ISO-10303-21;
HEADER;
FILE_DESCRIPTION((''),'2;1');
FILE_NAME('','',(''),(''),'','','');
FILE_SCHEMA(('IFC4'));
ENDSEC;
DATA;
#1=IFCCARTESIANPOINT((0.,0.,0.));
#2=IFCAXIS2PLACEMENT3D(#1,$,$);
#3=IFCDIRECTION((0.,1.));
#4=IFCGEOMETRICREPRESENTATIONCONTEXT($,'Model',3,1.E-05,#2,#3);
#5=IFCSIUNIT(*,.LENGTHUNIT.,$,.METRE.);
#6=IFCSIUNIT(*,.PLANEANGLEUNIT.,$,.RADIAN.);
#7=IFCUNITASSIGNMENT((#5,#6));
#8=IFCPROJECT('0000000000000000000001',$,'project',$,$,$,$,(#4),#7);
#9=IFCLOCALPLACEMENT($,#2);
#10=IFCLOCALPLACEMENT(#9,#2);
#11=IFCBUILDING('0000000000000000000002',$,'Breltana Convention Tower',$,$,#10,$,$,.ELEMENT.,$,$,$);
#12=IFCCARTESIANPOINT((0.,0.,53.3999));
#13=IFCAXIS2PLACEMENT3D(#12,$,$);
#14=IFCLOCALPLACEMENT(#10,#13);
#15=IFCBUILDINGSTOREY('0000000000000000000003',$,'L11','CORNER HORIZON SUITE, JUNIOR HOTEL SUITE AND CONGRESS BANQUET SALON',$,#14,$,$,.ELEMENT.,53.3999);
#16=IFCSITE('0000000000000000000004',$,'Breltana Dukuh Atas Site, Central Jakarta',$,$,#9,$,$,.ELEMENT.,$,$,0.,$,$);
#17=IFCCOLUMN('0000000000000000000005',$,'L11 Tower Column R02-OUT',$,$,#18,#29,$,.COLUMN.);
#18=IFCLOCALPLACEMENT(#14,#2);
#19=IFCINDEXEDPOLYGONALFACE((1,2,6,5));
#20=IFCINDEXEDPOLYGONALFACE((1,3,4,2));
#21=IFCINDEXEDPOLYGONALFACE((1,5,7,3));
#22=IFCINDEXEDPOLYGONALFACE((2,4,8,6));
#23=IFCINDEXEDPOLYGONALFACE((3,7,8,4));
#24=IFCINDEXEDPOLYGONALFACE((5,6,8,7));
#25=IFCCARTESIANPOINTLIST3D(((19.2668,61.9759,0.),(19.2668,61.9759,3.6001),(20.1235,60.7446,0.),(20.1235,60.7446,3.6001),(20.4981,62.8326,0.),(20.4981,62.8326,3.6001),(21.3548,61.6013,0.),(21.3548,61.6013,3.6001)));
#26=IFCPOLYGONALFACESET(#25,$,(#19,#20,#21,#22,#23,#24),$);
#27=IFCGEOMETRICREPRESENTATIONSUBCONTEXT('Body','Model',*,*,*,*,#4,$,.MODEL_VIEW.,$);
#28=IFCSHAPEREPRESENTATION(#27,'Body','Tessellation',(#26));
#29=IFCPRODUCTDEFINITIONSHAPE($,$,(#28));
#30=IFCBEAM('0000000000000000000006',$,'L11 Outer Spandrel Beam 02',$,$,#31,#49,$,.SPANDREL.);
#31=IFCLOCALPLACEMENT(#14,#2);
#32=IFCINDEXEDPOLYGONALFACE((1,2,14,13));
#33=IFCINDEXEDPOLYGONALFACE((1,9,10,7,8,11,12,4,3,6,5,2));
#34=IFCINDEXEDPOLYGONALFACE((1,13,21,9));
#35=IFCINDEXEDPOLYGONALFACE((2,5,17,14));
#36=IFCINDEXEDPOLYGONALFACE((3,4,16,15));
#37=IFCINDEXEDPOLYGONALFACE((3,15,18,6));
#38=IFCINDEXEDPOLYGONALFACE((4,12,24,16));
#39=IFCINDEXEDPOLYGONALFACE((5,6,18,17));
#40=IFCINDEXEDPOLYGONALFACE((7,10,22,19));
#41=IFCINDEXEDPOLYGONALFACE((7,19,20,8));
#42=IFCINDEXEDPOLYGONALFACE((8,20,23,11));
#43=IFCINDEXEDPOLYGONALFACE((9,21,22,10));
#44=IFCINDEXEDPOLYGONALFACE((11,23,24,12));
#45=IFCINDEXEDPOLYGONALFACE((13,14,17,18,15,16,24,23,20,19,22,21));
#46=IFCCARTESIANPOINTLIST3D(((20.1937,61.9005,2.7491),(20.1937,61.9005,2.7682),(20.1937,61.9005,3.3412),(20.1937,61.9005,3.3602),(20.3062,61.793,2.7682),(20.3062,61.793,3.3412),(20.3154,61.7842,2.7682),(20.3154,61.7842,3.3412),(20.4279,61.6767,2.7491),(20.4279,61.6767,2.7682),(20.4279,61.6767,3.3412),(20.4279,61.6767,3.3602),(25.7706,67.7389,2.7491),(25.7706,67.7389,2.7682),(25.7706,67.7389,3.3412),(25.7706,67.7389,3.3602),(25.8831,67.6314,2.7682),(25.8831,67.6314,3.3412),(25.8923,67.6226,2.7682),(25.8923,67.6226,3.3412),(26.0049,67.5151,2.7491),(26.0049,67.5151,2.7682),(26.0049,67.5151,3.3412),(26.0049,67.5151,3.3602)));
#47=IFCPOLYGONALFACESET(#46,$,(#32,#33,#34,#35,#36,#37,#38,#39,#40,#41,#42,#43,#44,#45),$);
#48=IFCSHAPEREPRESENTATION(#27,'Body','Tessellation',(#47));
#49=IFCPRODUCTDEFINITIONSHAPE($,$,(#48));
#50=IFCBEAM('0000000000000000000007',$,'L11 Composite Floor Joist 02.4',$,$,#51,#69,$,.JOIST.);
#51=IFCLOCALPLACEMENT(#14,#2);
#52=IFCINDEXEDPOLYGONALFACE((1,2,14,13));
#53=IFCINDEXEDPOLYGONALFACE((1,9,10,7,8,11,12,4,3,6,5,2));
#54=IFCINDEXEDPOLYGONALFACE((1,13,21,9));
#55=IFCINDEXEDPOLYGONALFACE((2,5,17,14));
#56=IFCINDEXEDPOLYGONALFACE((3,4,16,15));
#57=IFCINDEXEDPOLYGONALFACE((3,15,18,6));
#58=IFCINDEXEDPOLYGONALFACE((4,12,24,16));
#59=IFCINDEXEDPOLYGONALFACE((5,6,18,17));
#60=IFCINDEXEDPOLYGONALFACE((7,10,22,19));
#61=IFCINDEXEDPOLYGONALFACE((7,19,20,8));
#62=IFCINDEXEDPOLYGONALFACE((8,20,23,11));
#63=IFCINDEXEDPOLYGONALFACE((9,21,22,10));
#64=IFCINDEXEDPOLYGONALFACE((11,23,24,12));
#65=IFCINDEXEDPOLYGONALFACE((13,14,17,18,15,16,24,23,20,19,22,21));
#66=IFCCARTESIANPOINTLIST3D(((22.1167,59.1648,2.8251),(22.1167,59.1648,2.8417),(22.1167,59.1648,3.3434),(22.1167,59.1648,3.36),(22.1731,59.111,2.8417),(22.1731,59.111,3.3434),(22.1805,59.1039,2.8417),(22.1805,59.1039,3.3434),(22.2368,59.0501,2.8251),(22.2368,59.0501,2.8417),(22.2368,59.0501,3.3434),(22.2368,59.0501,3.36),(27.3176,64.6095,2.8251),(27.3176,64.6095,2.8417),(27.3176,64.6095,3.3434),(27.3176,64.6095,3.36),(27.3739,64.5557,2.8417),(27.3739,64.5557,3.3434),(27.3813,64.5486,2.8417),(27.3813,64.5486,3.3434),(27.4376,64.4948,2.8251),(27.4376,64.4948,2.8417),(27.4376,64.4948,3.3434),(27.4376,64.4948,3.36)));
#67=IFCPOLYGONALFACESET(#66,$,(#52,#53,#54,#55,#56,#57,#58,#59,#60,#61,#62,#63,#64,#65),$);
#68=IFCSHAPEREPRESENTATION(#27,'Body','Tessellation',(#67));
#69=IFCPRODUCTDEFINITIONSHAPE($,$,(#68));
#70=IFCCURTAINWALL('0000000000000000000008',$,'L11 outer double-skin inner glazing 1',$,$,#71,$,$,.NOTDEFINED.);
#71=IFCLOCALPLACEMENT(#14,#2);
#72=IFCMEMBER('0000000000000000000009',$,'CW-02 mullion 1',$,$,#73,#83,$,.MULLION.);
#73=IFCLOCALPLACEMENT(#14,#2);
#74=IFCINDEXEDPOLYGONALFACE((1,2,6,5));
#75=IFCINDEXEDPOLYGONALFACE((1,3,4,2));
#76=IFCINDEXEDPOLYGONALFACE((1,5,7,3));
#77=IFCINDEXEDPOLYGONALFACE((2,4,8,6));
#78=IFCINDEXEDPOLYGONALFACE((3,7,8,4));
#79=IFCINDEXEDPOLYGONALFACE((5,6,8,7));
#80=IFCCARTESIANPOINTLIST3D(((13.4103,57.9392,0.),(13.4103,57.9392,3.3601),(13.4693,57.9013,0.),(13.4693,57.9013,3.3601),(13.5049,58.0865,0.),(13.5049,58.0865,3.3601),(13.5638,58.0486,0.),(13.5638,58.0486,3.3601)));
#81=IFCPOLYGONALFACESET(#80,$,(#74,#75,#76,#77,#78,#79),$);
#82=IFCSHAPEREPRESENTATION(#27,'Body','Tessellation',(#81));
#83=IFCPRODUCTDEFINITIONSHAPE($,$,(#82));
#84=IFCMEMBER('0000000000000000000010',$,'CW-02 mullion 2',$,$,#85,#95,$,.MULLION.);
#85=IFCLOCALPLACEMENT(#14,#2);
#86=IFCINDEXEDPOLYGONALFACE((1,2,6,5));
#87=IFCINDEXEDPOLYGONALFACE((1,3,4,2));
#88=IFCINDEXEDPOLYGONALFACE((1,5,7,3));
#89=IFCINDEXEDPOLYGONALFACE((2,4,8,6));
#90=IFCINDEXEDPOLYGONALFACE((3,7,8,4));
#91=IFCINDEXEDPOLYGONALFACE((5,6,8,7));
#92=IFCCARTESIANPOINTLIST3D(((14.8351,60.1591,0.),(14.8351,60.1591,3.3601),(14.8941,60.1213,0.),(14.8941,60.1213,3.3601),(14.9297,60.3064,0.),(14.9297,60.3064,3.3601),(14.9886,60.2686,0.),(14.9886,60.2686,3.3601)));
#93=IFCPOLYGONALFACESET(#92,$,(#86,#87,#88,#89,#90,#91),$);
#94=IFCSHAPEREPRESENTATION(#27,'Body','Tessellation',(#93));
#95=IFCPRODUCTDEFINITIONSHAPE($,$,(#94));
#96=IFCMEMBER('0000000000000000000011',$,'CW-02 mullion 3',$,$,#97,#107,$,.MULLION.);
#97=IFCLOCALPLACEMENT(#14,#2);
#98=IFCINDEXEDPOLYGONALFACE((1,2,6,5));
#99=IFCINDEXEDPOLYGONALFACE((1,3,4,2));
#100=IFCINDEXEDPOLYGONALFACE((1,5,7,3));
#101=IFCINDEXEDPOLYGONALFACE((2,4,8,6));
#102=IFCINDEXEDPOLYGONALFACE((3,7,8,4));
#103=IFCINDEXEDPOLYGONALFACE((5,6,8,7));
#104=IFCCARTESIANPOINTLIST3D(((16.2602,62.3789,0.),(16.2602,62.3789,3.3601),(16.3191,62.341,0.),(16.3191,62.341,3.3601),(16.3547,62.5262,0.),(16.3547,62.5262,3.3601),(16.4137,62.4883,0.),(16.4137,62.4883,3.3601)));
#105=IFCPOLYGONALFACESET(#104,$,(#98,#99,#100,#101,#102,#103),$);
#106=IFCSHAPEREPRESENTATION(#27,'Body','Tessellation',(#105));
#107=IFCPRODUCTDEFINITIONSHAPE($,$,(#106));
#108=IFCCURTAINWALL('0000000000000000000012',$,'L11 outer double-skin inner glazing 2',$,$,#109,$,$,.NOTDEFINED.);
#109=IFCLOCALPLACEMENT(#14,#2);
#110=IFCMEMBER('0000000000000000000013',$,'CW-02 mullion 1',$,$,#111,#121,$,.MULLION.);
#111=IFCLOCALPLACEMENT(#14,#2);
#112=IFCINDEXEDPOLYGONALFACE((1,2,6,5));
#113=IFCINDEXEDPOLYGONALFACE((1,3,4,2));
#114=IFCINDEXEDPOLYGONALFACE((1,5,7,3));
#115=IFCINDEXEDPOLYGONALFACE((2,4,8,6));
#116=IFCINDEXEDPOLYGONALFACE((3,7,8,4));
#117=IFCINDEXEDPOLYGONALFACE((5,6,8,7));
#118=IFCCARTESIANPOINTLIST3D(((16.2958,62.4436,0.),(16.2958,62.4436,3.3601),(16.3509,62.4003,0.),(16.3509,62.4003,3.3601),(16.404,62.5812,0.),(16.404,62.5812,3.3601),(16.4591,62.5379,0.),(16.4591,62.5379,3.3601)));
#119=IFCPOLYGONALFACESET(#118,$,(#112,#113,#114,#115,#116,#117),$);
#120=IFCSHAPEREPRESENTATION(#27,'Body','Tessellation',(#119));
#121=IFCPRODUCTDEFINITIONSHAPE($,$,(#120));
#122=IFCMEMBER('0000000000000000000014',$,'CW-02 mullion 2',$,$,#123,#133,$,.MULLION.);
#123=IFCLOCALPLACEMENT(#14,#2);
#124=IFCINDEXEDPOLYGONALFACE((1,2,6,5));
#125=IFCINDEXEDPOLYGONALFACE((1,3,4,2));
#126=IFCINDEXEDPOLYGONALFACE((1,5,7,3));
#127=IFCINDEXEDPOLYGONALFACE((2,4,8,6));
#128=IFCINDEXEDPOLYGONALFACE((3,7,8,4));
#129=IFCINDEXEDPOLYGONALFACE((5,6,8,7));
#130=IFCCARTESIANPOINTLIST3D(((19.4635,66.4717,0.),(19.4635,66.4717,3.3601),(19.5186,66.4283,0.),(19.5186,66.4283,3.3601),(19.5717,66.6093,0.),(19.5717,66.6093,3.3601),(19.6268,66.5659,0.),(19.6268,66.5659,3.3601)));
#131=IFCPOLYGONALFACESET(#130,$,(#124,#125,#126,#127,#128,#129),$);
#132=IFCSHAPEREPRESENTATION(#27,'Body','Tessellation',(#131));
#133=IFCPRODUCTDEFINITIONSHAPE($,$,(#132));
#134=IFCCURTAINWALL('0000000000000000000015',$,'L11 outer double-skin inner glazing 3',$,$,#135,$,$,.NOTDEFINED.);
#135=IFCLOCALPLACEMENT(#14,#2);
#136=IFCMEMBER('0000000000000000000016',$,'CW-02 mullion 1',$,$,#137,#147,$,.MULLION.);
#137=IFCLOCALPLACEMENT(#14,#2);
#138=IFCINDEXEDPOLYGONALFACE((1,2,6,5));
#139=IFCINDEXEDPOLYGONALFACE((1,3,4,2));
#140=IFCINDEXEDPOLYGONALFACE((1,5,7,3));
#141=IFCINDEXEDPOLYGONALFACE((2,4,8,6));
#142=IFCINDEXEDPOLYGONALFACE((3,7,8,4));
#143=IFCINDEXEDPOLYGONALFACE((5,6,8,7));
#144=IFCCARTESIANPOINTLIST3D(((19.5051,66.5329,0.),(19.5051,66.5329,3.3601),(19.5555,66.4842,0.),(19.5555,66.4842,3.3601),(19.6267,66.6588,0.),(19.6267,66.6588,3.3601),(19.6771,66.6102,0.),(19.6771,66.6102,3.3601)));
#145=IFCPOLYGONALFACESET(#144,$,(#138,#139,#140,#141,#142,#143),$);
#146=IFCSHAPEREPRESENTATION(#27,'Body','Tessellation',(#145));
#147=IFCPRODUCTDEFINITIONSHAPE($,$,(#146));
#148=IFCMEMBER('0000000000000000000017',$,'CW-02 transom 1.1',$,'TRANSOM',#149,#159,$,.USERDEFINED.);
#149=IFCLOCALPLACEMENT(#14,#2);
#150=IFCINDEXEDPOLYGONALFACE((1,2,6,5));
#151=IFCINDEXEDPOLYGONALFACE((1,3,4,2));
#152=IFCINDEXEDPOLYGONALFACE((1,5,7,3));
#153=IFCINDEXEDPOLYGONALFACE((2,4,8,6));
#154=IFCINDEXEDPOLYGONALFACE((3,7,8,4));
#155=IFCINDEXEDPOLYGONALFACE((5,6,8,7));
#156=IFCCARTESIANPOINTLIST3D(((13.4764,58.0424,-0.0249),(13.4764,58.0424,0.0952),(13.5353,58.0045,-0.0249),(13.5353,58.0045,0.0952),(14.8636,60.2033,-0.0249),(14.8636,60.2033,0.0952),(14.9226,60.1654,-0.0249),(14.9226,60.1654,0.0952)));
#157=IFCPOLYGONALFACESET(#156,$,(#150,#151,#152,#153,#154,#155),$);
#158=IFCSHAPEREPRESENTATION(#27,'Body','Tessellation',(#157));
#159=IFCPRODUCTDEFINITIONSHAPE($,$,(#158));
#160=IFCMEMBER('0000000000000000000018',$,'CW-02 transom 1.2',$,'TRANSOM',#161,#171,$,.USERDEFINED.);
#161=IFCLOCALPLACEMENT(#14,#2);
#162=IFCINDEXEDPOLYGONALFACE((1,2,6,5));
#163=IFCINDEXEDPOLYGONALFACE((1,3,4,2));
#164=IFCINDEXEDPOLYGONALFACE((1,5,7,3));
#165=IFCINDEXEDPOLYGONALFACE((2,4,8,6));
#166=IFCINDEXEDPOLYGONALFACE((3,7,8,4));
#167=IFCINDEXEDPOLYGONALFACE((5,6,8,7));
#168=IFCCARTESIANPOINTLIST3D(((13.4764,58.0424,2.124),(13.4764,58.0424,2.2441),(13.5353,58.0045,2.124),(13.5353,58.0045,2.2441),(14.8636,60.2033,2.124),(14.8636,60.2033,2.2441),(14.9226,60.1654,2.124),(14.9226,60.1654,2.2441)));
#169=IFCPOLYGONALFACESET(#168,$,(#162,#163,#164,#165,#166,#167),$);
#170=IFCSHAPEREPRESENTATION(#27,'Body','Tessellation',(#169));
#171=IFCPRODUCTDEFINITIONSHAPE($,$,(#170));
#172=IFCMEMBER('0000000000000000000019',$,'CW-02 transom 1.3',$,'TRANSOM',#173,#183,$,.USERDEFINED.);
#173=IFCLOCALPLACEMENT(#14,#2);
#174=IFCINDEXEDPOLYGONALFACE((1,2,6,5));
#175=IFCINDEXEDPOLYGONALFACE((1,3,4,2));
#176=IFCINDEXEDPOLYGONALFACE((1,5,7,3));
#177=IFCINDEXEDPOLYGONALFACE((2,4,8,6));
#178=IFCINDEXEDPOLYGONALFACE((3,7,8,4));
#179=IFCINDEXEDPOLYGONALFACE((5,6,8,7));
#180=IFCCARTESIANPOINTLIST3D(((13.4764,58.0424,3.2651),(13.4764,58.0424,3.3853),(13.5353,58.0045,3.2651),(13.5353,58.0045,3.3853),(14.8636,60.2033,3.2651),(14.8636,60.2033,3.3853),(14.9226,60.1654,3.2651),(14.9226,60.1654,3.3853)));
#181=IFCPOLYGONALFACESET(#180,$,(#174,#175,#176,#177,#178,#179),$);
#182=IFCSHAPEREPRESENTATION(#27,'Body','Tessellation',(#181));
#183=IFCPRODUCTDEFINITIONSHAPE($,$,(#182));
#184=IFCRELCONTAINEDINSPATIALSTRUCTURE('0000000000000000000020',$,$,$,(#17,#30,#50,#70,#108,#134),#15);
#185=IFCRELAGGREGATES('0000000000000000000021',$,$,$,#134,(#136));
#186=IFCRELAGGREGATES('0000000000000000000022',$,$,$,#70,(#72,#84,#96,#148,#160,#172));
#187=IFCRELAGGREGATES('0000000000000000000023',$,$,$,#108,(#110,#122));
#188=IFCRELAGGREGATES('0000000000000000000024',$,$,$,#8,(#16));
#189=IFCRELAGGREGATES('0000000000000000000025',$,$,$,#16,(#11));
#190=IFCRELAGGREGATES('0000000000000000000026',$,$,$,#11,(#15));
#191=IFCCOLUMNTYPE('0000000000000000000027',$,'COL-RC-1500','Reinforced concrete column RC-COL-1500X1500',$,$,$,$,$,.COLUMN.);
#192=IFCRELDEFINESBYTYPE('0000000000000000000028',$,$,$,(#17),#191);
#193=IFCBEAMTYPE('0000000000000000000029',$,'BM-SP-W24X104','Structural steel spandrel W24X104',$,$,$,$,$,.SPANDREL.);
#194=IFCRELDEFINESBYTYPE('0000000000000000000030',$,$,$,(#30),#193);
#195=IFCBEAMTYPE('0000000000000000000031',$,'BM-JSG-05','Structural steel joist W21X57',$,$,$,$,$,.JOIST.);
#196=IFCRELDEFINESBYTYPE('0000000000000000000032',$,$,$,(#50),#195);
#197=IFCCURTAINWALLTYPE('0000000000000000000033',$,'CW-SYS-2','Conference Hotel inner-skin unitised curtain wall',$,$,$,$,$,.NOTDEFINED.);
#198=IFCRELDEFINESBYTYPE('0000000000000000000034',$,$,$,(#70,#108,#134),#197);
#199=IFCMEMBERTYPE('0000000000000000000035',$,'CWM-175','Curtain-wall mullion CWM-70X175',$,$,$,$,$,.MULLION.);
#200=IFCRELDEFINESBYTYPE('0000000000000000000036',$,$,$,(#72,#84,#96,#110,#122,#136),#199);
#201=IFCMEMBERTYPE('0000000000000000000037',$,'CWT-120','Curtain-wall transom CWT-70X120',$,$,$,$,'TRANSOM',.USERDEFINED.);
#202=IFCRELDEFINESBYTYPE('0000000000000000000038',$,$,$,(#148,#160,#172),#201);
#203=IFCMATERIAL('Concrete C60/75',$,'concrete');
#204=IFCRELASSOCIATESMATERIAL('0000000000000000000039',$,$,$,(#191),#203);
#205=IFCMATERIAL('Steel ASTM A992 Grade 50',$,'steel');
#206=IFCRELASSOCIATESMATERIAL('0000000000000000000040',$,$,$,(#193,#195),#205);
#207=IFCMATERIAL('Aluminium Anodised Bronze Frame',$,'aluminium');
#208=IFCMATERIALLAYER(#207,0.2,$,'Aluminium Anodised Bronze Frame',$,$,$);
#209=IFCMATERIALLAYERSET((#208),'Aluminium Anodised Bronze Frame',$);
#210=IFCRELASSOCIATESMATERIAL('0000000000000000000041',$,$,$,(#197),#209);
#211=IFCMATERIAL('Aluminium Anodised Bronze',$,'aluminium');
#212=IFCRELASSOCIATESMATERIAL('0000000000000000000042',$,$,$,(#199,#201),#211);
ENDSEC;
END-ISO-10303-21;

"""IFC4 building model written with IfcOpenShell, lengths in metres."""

from ifc_helpers import new_model, si_unit, direction, frame, origin, origin_2d, place, context, subcontext, project, spatial, rectangle, i_section, extrude, source, transform, mapped, material, layer, layer_set, material_profile, profile_set, type_object, type_shapes, element, aggregate, save


model = new_model("IFC4")

# Units and contexts
model_context = context("Model", 3, precision=1e-05, world=origin(), true_north=direction((0.0, 1.0)))
body_context = subcontext(model_context, "Body", "Model", "MODEL_VIEW")
ifc_project = project(units=[si_unit("LENGTHUNIT", "METRE"), si_unit("PLANEANGLEUNIT", "RADIAN")], contexts=[model_context])

# Site, building, storey
site_placement = place(None, origin())
site = spatial("IfcSite", under=ifc_project, at=site_placement, Name="Breltana Dukuh Atas Site, Central Jakarta", CompositionType="ELEMENT", RefElevation=0.0)
building_placement = place(site_placement, origin())
building = spatial("IfcBuilding", under=site, at=building_placement, Name="Breltana Convention Tower", CompositionType="ELEMENT")
storey_placement = place(building_placement, frame((0.0, 0.0, 53.3999)))
storey = spatial("IfcBuildingStorey", under=building, at=storey_placement, Name="L11", Description="CORNER HORIZON SUITE, JUNIOR HOTEL SUITE AND CONGRESS BANQUET SALON", CompositionType="ELEMENT", Elevation=53.3999)

# Column
ifc_material_1 = material(Name="Concrete C60/75", Category="concrete")
ifc_material_profile_1 = material_profile(ifc_material_1, rectangle(XDim=1.5, YDim=1.5, at=origin_2d()), Name="RC-COL-1500X1500")
ifc_profile_set_1 = profile_set([ifc_material_profile_1], Name="Concrete C60/75")
column_type = type_object("IfcColumnType", Name="COL-RC-1500", Description="Reinforced concrete column RC-COL-1500X1500", PredefinedType="COLUMN", material=ifc_profile_set_1)
shared_shape_1 = source(origin(), body_context, "Body", "SweptSolid", [
    extrude(rectangle(XDim=1.5, YDim=1.5, at=origin_2d()), origin(), (0.0, 0.0, 1.0), 3.6001),
])
column_placement = place(storey_placement, frame((20.3108, 61.7886, 0.0), z_axis=(0.0, 0.0, 1.0), x_axis=(-0.571143, 0.82085, 0.0)))
element("IfcColumn", 1, at=column_placement, inside=storey, type_object=column_type, Name="L11 Tower Column R02-OUT", PredefinedType="COLUMN", context=body_context, shape_type="MappedRepresentation", body=[
    mapped(shared_shape_1, transform((0.0, 0.0, 0.0), scale=1.0)),
])

# Beams
ifc_material_2 = material(Name="Steel ASTM A992 Grade 50", Category="steel")
ifc_material_profile_2 = material_profile(ifc_material_2, i_section(OverallWidth=0.324, OverallDepth=0.6111, WebThickness=0.0127, FlangeThickness=0.019, at=origin_2d()), Name="W24X104")
ifc_profile_set_2 = profile_set([ifc_material_profile_2], Name="Steel ASTM A992 Grade 50")
beam_type_1 = type_object("IfcBeamType", Name="BM-SP-W24X104", Description="Structural steel spandrel W24X104", PredefinedType="SPANDREL", material=ifc_profile_set_2)
shared_shape_2 = source(origin(), body_context, "Body", "SweptSolid", [
    extrude(i_section(OverallWidth=0.324, OverallDepth=0.6111, WebThickness=0.0127, FlangeThickness=0.019, at=origin_2d()), origin(), (0.0, 0.0, 1.0), 8.074),
])
beam_1_placement = place(storey_placement, frame((20.3108, 61.7886, 3.0547), z_axis=(0.690729, 0.723114, 0.0), x_axis=(-0.723114, 0.690729, 0.0)))
element("IfcBeam", 2, at=beam_1_placement, inside=storey, type_object=beam_type_1, Name="L11 Outer Spandrel Beam 02", PredefinedType="SPANDREL", context=body_context, shape_type="MappedRepresentation", body=[
    mapped(shared_shape_2, transform((0.0, 0.0, 0.0), scale=1.0)),
])
ifc_material_profile_3 = material_profile(ifc_material_2, i_section(OverallWidth=0.166, OverallDepth=0.5349, WebThickness=0.0103, FlangeThickness=0.0166, at=origin_2d()), Name="W21X57")
ifc_profile_set_3 = profile_set([ifc_material_profile_3], Name="Steel ASTM A992 Grade 50")
beam_type_2 = type_object("IfcBeamType", Name="BM-JSG-05", Description="Structural steel joist W21X57", PredefinedType="JOIST", material=ifc_profile_set_3)
shared_shape_3 = source(origin(), body_context, "Body", "SweptSolid", [
    extrude(i_section(OverallWidth=0.166, OverallDepth=0.5349, WebThickness=0.0103, FlangeThickness=0.0166, at=origin_2d()), origin(), (0.0, 0.0, 1.0), 7.5295),
])
beam_2_placement = place(storey_placement, frame((22.1768, 59.1074, 3.0925), z_axis=(0.690726, 0.723117, 0.0), x_axis=(-0.723117, 0.690726, 0.0)))
element("IfcBeam", 3, at=beam_2_placement, inside=storey, type_object=beam_type_2, Name="L11 Composite Floor Joist 02.4", PredefinedType="JOIST", context=body_context, shape_type="MappedRepresentation", body=[
    mapped(shared_shape_3, transform((0.0, 0.0, 0.0), scale=1.0)),
])

# Curtain walls, members
ifc_material_3 = material(Name="Aluminium Anodised Bronze Frame", Category="aluminium")
ifc_layer_1 = layer(ifc_material_3, 0.2, Name="Aluminium Anodised Bronze Frame")
ifc_layer_set_1 = layer_set([ifc_layer_1], Name="Aluminium Anodised Bronze Frame")
curtain_wall_type = type_object("IfcCurtainWallType", Name="CW-SYS-2", Description="Conference Hotel inner-skin unitised curtain wall", PredefinedType="NOTDEFINED", material=ifc_layer_set_1)
curtain_wall_1_placement = place(storey_placement, origin())
curtain_wall_1 = element("IfcCurtainWall", 4, at=curtain_wall_1_placement, inside=storey, type_object=curtain_wall_type, Name="L11 outer double-skin inner glazing 1", PredefinedType="NOTDEFINED")
ifc_material_4 = material(Name="Aluminium Anodised Bronze", Category="aluminium")
ifc_material_profile_4 = material_profile(ifc_material_4, rectangle(XDim=0.0701, YDim=0.175, at=origin_2d()), Name="CWM-70X175")
ifc_profile_set_4 = profile_set([ifc_material_profile_4], Name="Aluminium Anodised Bronze")
member_type_1 = type_object("IfcMemberType", Name="CWM-175", Description="Curtain-wall mullion CWM-70X175", PredefinedType="MULLION", material=ifc_profile_set_4)
shared_shape_4 = source(origin(), body_context, "Body", "SweptSolid", [
    extrude(rectangle(XDim=0.0701, YDim=0.175, at=origin_2d()), origin(), (0.0, 0.0, 1.0), 3.3601),
])
type_shapes(member_type_1, [shared_shape_4])
member_1_placement = place(storey_placement, frame((13.4871, 57.9939, 0.0), z_axis=(0.0, 0.0, 1.0), x_axis=(-0.841549, 0.540181, 0.0)))
member_1 = element("IfcMember", 5, at=member_1_placement, type_object=member_type_1, Name="CW-02 mullion 1", PredefinedType="MULLION", context=body_context, shape_type="MappedRepresentation", body=[
    mapped(shared_shape_4, transform((0.0, 0.0, 0.0), scale=1.0)),
])
member_2_placement = place(storey_placement, frame((14.9119, 60.2139, 0.0), z_axis=(0.0, 0.0, 1.0), x_axis=(-0.841549, 0.540181, 0.0)))
member_2 = element("IfcMember", 6, at=member_2_placement, type_object=member_type_1, Name="CW-02 mullion 2", PredefinedType="MULLION", context=body_context, shape_type="MappedRepresentation", body=[
    mapped(shared_shape_4, transform((0.0, 0.0, 0.0), scale=1.0)),
])
member_3_placement = place(storey_placement, frame((16.3369, 62.4336, 0.0), z_axis=(0.0, 0.0, 1.0), x_axis=(-0.841549, 0.540181, 0.0)))
member_3 = element("IfcMember", 7, at=member_3_placement, type_object=member_type_1, Name="CW-02 mullion 3", PredefinedType="MULLION", context=body_context, shape_type="MappedRepresentation", body=[
    mapped(shared_shape_4, transform((0.0, 0.0, 0.0), scale=1.0)),
])
curtain_wall_2_placement = place(storey_placement, origin())
curtain_wall_2 = element("IfcCurtainWall", 8, at=curtain_wall_2_placement, inside=storey, type_object=curtain_wall_type, Name="L11 outer double-skin inner glazing 2", PredefinedType="NOTDEFINED")
member_4_placement = place(storey_placement, frame((16.3774, 62.4907, 0.0), z_axis=(0.0, 0.0, 1.0), x_axis=(-0.786057, 0.618154, 0.0)))
member_4 = element("IfcMember", 9, at=member_4_placement, type_object=member_type_1, Name="CW-02 mullion 1", PredefinedType="MULLION", context=body_context, shape_type="MappedRepresentation", body=[
    mapped(shared_shape_4, transform((0.0, 0.0, 0.0), scale=1.0)),
])
member_5_placement = place(storey_placement, frame((19.5452, 66.5188, 0.0), z_axis=(0.0, 0.0, 1.0), x_axis=(-0.786057, 0.618154, 0.0)))
member_5 = element("IfcMember", 10, at=member_5_placement, type_object=member_type_1, Name="CW-02 mullion 2", PredefinedType="MULLION", context=body_context, shape_type="MappedRepresentation", body=[
    mapped(shared_shape_4, transform((0.0, 0.0, 0.0), scale=1.0)),
])

# Curtain wall, member
curtain_wall_3_placement = place(storey_placement, origin())
curtain_wall_3 = element("IfcCurtainWall", 11, at=curtain_wall_3_placement, inside=storey, type_object=curtain_wall_type, Name="L11 outer double-skin inner glazing 3", PredefinedType="NOTDEFINED")
member_6_placement = place(storey_placement, frame((19.5911, 66.5715, 0.0), z_axis=(0.0, 0.0, 1.0), x_axis=(-0.719386, 0.69461, 0.0)))
member_6 = element("IfcMember", 12, at=member_6_placement, type_object=member_type_1, Name="CW-02 mullion 1", PredefinedType="MULLION", context=body_context, shape_type="MappedRepresentation", body=[
    mapped(shared_shape_4, transform((0.0, 0.0, 0.0), scale=1.0)),
])
aggregate(curtain_wall_3, [member_6])

# Members
ifc_material_profile_5 = material_profile(ifc_material_4, rectangle(XDim=0.0701, YDim=0.1201, at=origin_2d()), Name="CWT-70X120")
ifc_profile_set_5 = profile_set([ifc_material_profile_5], Name="Aluminium Anodised Bronze")
member_type_2 = type_object("IfcMemberType", Name="CWT-120", Description="Curtain-wall transom CWT-70X120", ElementType="TRANSOM", PredefinedType="USERDEFINED", material=ifc_profile_set_5)
shared_shape_5 = source(origin(), body_context, "Body", "SweptSolid", [
    extrude(rectangle(XDim=0.0701, YDim=0.1201, at=origin_2d()), origin(), (0.0, 0.0, 1.0), 2.5679),
])
type_shapes(member_type_2, [shared_shape_5])
member_7_placement = place(storey_placement, frame((13.5059, 58.0234, 0.0352), z_axis=(0.540224, 0.841521, 0.0), x_axis=(-0.841521, 0.540224, 0.0)))
member_7 = element("IfcMember", 13, at=member_7_placement, type_object=member_type_2, Name="CW-02 transom 1.1", ObjectType="TRANSOM", PredefinedType="USERDEFINED", context=body_context, shape_type="MappedRepresentation", body=[
    mapped(shared_shape_5, transform((0.0, 0.0, 0.0), scale=1.0)),
])
member_8_placement = place(storey_placement, frame((13.5059, 58.0234, 2.1841), z_axis=(0.540224, 0.841521, 0.0), x_axis=(-0.841521, 0.540224, 0.0)))
member_8 = element("IfcMember", 14, at=member_8_placement, type_object=member_type_2, Name="CW-02 transom 1.2", ObjectType="TRANSOM", PredefinedType="USERDEFINED", context=body_context, shape_type="MappedRepresentation", body=[
    mapped(shared_shape_5, transform((0.0, 0.0, 0.0), scale=1.0)),
])
member_9_placement = place(storey_placement, frame((13.5059, 58.0234, 3.3252), z_axis=(0.540224, 0.841521, 0.0), x_axis=(-0.841521, 0.540224, 0.0)))
member_9 = element("IfcMember", 15, at=member_9_placement, type_object=member_type_2, Name="CW-02 transom 1.3", ObjectType="TRANSOM", PredefinedType="USERDEFINED", context=body_context, shape_type="MappedRepresentation", body=[
    mapped(shared_shape_5, transform((0.0, 0.0, 0.0), scale=1.0)),
])

aggregate(curtain_wall_1, [member_1, member_2, member_3, member_7, member_8, member_9])
aggregate(curtain_wall_2, [member_4, member_5])

save(model, "model.ifc")
